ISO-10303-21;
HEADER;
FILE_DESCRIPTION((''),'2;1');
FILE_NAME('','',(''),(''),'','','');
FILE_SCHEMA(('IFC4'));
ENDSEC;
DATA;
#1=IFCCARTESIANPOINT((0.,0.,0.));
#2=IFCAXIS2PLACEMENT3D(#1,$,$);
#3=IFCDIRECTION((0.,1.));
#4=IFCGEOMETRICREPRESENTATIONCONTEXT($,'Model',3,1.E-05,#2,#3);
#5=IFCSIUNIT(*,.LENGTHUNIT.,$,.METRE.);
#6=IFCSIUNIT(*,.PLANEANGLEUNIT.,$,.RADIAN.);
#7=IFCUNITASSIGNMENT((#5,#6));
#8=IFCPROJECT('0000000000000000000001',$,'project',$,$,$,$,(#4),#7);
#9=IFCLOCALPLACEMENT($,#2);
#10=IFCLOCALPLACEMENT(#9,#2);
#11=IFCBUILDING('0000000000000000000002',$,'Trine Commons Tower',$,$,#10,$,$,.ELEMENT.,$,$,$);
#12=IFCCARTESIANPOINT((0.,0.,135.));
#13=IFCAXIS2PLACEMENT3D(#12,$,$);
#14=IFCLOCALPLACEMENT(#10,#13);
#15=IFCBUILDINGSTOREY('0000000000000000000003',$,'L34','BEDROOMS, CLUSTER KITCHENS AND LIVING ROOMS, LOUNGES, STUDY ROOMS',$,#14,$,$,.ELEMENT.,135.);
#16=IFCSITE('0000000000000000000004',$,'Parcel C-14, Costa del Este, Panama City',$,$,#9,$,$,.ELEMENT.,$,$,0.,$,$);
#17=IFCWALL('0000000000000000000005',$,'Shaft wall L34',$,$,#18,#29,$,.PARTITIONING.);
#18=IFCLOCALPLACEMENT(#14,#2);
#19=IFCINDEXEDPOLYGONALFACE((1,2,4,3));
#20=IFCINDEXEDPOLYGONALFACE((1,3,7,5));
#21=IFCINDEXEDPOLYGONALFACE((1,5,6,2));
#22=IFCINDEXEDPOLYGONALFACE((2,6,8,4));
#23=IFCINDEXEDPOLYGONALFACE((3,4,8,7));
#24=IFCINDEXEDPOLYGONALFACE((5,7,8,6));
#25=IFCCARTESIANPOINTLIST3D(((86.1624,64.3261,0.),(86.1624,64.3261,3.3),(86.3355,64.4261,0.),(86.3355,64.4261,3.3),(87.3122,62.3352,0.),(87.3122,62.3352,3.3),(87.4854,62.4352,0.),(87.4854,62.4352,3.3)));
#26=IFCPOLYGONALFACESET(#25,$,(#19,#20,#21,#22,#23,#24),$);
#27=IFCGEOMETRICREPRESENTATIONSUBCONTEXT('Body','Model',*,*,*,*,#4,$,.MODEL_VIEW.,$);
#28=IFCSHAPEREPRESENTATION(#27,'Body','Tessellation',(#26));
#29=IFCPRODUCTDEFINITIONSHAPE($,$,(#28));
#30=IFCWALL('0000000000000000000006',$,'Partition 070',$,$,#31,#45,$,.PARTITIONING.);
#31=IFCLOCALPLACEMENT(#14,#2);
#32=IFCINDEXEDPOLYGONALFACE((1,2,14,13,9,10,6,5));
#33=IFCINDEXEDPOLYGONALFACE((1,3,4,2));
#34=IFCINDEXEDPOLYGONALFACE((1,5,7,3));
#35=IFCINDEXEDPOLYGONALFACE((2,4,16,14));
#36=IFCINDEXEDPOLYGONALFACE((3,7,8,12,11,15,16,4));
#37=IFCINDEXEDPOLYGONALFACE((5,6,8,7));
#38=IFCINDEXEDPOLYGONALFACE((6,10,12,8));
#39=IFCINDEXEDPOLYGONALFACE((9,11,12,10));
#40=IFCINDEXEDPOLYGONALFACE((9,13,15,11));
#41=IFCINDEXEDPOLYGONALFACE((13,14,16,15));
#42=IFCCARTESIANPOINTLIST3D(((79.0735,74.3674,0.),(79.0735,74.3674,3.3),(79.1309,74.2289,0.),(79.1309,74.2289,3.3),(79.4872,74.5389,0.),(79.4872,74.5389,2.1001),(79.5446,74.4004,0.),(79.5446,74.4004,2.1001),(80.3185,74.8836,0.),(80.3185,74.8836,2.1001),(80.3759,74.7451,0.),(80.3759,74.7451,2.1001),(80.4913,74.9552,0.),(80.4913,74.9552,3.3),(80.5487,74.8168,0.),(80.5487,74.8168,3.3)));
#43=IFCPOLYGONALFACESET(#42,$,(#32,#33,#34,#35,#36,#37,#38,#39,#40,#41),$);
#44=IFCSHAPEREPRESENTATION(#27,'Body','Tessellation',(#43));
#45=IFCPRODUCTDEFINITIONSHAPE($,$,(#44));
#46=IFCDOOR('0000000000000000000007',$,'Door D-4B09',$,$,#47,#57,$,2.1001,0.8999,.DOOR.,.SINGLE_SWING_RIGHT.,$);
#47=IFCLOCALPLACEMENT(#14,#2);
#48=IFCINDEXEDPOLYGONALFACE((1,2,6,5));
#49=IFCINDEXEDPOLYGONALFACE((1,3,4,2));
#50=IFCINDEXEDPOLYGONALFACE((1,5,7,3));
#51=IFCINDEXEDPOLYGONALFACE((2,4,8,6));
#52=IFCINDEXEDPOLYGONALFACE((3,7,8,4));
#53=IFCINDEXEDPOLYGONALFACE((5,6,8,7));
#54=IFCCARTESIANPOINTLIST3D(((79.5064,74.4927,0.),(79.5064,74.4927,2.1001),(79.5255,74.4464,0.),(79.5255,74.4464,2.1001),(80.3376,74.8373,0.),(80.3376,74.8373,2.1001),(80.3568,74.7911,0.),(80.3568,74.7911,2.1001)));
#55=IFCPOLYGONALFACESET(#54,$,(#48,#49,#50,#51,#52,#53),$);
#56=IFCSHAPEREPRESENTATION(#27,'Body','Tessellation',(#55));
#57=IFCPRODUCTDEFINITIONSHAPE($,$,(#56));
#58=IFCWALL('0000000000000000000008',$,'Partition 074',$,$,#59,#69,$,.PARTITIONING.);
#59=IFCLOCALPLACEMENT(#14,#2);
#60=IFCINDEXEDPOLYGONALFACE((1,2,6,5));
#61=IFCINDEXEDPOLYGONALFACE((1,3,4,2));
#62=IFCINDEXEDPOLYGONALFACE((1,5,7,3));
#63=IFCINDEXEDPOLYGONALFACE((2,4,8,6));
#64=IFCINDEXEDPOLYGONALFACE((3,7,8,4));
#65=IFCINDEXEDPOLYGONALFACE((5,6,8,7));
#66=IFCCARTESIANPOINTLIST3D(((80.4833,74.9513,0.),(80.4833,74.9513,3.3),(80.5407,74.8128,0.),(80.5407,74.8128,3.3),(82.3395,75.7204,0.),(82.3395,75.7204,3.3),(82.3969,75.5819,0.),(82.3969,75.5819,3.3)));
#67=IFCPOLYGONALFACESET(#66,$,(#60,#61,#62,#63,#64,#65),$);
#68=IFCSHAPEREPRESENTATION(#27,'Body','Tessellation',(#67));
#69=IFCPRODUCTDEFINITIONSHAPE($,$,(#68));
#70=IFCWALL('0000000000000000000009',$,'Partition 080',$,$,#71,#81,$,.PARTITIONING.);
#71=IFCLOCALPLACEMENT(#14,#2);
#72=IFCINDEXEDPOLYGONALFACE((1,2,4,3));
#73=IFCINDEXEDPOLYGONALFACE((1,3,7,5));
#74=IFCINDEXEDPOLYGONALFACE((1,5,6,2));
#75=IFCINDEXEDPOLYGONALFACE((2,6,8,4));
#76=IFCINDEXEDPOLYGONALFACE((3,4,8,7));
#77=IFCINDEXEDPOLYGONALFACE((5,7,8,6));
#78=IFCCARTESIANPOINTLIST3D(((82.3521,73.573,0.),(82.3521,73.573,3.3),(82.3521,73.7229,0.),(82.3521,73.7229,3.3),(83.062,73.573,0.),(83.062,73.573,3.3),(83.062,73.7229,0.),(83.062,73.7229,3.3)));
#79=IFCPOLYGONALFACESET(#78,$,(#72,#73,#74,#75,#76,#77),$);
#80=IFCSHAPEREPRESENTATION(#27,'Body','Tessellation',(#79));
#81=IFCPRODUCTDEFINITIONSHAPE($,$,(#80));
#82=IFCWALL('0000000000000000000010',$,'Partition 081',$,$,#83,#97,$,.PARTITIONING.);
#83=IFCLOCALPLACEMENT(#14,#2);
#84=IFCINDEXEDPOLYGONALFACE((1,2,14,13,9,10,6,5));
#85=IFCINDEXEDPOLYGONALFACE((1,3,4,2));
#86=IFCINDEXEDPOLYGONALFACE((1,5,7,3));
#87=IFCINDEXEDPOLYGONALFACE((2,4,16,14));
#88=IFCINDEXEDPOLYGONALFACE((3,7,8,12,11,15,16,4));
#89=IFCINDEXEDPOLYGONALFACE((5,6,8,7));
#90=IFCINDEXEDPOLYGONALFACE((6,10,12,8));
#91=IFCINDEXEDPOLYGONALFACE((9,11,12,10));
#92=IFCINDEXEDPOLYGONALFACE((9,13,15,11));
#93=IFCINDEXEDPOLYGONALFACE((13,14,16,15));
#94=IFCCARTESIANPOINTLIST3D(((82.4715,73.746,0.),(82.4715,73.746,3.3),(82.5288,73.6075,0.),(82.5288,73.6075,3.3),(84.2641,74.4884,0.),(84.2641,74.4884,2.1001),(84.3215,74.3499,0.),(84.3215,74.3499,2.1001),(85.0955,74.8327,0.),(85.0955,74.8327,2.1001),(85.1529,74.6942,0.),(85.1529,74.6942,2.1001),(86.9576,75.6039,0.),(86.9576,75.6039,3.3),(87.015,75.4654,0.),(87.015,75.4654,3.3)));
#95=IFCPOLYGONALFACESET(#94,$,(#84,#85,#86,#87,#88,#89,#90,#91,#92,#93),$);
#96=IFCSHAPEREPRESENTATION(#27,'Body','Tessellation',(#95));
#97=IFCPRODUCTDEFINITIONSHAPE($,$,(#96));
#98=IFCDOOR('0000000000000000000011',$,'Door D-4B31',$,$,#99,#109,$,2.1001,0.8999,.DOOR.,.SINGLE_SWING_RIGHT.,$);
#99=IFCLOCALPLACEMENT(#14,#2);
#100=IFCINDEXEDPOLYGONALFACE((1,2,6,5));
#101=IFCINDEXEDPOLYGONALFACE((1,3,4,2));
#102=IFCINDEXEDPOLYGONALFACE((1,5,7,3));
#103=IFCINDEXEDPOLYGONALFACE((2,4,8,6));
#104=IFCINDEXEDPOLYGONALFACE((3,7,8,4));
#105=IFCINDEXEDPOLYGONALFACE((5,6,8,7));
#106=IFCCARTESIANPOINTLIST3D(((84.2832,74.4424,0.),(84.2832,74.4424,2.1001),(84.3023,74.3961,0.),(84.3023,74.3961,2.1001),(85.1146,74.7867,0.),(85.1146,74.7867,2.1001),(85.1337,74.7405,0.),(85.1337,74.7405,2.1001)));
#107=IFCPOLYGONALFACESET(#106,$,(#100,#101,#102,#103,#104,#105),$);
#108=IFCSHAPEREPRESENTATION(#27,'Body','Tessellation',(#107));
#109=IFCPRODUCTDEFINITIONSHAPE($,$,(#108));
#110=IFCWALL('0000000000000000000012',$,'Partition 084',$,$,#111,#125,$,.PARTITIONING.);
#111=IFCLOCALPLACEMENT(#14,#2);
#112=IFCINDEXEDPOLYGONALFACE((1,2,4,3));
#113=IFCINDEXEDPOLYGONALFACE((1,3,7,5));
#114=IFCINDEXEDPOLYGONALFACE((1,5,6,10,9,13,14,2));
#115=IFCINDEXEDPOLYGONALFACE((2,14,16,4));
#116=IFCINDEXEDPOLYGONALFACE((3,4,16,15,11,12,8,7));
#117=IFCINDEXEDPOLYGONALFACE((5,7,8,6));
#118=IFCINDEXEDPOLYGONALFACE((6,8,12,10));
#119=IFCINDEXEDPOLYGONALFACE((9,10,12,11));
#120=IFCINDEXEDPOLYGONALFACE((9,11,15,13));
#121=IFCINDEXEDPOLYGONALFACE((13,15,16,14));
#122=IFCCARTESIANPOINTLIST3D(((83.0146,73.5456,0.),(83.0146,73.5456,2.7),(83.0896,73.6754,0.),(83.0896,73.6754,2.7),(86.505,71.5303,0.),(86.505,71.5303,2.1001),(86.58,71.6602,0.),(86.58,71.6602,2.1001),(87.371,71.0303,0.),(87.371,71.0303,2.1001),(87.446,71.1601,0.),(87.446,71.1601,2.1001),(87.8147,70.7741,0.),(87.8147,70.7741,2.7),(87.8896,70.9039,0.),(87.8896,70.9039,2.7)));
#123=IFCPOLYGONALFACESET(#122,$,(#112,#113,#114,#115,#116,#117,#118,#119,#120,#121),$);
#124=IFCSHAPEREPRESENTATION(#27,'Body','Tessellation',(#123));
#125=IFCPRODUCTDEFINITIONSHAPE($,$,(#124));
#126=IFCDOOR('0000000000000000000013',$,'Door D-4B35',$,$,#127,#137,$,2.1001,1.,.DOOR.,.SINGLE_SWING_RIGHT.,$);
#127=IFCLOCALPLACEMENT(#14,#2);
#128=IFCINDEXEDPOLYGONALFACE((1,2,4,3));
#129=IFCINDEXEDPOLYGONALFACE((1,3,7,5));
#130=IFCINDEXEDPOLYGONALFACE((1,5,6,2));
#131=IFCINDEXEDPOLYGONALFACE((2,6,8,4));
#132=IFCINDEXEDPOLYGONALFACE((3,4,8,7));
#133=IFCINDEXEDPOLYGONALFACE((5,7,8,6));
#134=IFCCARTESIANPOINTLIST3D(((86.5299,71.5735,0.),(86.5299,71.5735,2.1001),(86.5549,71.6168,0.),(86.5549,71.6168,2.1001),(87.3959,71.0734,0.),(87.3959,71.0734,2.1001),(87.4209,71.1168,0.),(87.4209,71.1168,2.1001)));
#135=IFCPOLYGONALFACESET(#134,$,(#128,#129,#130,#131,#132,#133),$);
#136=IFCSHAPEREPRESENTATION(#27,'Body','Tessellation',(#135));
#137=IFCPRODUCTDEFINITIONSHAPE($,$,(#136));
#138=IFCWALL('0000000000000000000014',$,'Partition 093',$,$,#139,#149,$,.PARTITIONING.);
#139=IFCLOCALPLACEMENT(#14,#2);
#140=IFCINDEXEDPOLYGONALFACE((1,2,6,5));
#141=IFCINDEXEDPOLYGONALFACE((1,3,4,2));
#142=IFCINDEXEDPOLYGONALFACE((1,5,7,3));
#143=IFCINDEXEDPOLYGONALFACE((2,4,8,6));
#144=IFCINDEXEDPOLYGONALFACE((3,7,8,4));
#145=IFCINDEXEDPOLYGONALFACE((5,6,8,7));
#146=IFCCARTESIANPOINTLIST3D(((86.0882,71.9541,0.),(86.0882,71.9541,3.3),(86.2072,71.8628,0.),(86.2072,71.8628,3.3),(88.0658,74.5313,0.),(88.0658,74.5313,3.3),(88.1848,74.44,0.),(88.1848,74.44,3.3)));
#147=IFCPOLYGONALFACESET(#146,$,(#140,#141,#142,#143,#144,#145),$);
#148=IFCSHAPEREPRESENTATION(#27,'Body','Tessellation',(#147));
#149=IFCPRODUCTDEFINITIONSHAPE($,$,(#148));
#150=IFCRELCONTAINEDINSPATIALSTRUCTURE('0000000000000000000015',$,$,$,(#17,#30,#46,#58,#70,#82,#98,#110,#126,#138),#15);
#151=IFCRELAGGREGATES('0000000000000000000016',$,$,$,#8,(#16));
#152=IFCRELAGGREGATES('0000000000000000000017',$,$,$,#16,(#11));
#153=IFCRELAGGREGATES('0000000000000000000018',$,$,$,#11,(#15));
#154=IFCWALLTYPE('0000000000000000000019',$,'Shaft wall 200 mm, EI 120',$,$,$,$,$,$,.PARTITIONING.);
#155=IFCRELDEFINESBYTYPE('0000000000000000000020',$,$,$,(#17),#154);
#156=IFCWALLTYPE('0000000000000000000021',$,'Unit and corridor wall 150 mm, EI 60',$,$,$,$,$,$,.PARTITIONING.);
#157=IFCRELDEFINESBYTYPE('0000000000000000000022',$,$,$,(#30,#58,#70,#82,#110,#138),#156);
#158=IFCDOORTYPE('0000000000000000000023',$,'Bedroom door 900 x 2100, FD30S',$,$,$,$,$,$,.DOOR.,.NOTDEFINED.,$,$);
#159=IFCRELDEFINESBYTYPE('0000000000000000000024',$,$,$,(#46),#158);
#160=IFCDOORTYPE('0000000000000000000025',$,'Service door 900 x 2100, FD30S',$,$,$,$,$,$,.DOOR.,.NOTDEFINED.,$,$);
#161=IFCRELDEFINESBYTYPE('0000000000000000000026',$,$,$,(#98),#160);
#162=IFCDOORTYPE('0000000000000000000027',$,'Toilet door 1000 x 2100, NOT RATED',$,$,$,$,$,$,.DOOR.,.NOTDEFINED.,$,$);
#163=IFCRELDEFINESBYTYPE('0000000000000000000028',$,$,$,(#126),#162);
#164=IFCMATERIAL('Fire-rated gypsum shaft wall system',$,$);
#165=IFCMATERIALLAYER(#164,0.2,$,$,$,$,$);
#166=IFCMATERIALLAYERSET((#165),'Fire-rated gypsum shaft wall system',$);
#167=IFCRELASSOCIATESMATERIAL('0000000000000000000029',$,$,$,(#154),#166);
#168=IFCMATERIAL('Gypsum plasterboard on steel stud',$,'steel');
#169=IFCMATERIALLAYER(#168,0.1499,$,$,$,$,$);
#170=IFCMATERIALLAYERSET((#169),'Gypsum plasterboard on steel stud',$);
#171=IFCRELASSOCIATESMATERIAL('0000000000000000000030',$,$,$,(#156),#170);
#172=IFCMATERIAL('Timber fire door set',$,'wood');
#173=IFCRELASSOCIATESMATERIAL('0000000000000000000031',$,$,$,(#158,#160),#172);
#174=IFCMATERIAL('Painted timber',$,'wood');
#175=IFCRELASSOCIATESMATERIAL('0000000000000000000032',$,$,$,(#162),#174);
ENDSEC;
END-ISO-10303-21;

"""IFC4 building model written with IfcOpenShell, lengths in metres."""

from ifc_helpers import new_model, si_unit, direction, frame, frame_2d, origin, place, context, subcontext, project, spatial, rectangle, extrude, material, layer, layer_set, type_object, element, fill, save


model = new_model("IFC4")

# Units and contexts
model_context = context("Model", 3, precision=1e-05, world=origin(), true_north=direction((0.0, 1.0)))
body_context = subcontext(model_context, "Body", "Model", "MODEL_VIEW")
ifc_project = project(units=[si_unit("LENGTHUNIT", "METRE"), si_unit("PLANEANGLEUNIT", "RADIAN")], contexts=[model_context])

# Site, building, storey
site_placement = place(None, origin())
site = spatial("IfcSite", under=ifc_project, at=site_placement, Name="Parcel C-14, Costa del Este, Panama City", CompositionType="ELEMENT", RefElevation=0.0)
building_placement = place(site_placement, origin())
building = spatial("IfcBuilding", under=site, at=building_placement, Name="Trine Commons Tower", CompositionType="ELEMENT")
storey_placement = place(building_placement, frame((0.0, 0.0, 135.0)))
storey = spatial("IfcBuildingStorey", under=building, at=storey_placement, Name="L34", Description="BEDROOMS, CLUSTER KITCHENS AND LIVING ROOMS, LOUNGES, STUDY ROOMS", CompositionType="ELEMENT", Elevation=135.0)

# Wall
ifc_material_1 = material(Name="Fire-rated gypsum shaft wall system")
ifc_layer_1 = layer(ifc_material_1, 0.2)
ifc_layer_set_1 = layer_set([ifc_layer_1], Name="Fire-rated gypsum shaft wall system")
wall_type_1 = type_object("IfcWallType", Name="Shaft wall 200 mm, EI 120", PredefinedType="PARTITIONING", material=ifc_layer_set_1)
for number, where, z_axis, x_axis, name in (
    (1, (86.249, 64.376, 0.0), (0.0, 0.0, 1.0), (0.500136, -0.865947, 0.0), "Shaft wall L34"),
):
    element("IfcWall", number, at=place(storey_placement, frame(where, z_axis=z_axis, x_axis=x_axis)), inside=storey, type_object=wall_type_1, Name=name, PredefinedType="PARTITIONING", context=body_context, shape_type="SweptSolid", body=[
        extrude(rectangle(XDim=2.2991, YDim=0.2, at=frame_2d((1.1494, 0.0))), origin(), (0.0, 0.0, 1.0), 3.3),
    ])

# Wall, opening, door
ifc_material_2 = material(Name="Gypsum plasterboard on steel stud", Category="steel")
ifc_layer_2 = layer(ifc_material_2, 0.1499)
ifc_layer_set_2 = layer_set([ifc_layer_2], Name="Gypsum plasterboard on steel stud")
wall_type_2 = type_object("IfcWallType", Name="Unit and corridor wall 150 mm, EI 60", PredefinedType="PARTITIONING", material=ifc_layer_set_2)
wall_1_placement = place(storey_placement, frame((79.1021, 74.2981, 0.0), z_axis=(0.0, 0.0, 1.0), x_axis=(0.923753, 0.382989, 0.0)))
wall_1 = element("IfcWall", 2, at=wall_1_placement, inside=storey, type_object=wall_type_2, Name="Partition 070", PredefinedType="PARTITIONING", context=body_context, shape_type="SweptSolid", body=[
    extrude(rectangle(XDim=1.5349, YDim=0.1499, at=frame_2d((0.7676, 0.0))), origin(), (0.0, 0.0, 1.0), 3.3),
])
opening_1_placement = place(wall_1_placement, frame((0.448, 0.0, 0.0)))
opening_1 = element("IfcOpeningElement", 3, at=opening_1_placement, cuts=wall_1, PredefinedType="OPENING", context=body_context, shape_type="SweptSolid", body=[
    extrude(rectangle(XDim=0.8999, YDim=2.1001, at=frame_2d((0.45, 1.05))), frame((0.0, 0.085, 0.0), z_axis=(0.0, -1.0, 0.0), x_axis=(1.0, 0.0, 0.0)), (0.0, 0.0, 1.0), 0.1699),
])
ifc_material_3 = material(Name="Timber fire door set", Category="wood")
door_type_1 = type_object("IfcDoorType", Name="Bedroom door 900 x 2100, FD30S", OperationType="NOTDEFINED", PredefinedType="DOOR", material=ifc_material_3)
door_1_placement = place(opening_1_placement, origin())
door_1 = element("IfcDoor", 4, at=door_1_placement, inside=storey, type_object=door_type_1, Name="Door D-4B09", OperationType="SINGLE_SWING_RIGHT", OverallHeight=2.1001, OverallWidth=0.8999, PredefinedType="DOOR", context=body_context, shape_type="SweptSolid", body=[
    extrude(rectangle(XDim=0.8999, YDim=2.1001, at=frame_2d((0.45, 1.05))), frame((0.0, 0.0249, 0.0), z_axis=(0.0, -1.0, 0.0), x_axis=(1.0, 0.0, 0.0)), (0.0, 0.0, 1.0), 0.05),
])
fill(opening_1, door_1)

# Walls
wall_2_placement = place(storey_placement, frame((80.512, 74.8821, 0.0), z_axis=(0.0, 0.0, 1.0), x_axis=(0.923848, 0.38276, 0.0)))
element("IfcWall", 5, at=wall_2_placement, inside=storey, type_object=wall_type_2, Name="Partition 074", PredefinedType="PARTITIONING", context=body_context, shape_type="SweptSolid", body=[
    extrude(rectangle(XDim=2.0093, YDim=0.1499, at=frame_2d((1.0046, 0.0))), origin(), (0.0, 0.0, 1.0), 3.3),
])
wall_3_placement = place(storey_placement, frame((82.3521, 73.6479, 0.0), z_axis=(0.0, 0.0, 1.0), x_axis=(1.0, 0.0, 0.0)))
element("IfcWall", 6, at=wall_3_placement, inside=storey, type_object=wall_type_2, Name="Partition 080", PredefinedType="PARTITIONING", context=body_context, shape_type="SweptSolid", body=[
    extrude(rectangle(XDim=0.71, YDim=0.1499, at=frame_2d((0.355, 0.0))), origin(), (0.0, 0.0, 1.0), 3.3),
])

# Walls, openings, doors
wall_4_placement = place(storey_placement, frame((82.5002, 73.6768, 0.0), z_axis=(0.0, 0.0, 1.0), x_axis=(0.9239, 0.382633, 0.0)))
wall_4 = element("IfcWall", 7, at=wall_4_placement, inside=storey, type_object=wall_type_2, Name="Partition 081", PredefinedType="PARTITIONING", context=body_context, shape_type="SweptSolid", body=[
    extrude(rectangle(XDim=4.8557, YDim=0.1499, at=frame_2d((2.4277, 0.0))), origin(), (0.0, 0.0, 1.0), 3.3),
])
opening_2_placement = place(wall_4_placement, frame((1.9402, 0.0, 0.0)))
opening_2 = element("IfcOpeningElement", 8, at=opening_2_placement, cuts=wall_4, PredefinedType="OPENING", context=body_context, shape_type="SweptSolid", body=[
    extrude(rectangle(XDim=0.8999, YDim=2.1001, at=frame_2d((0.45, 1.05))), frame((0.0, 0.085, 0.0), z_axis=(0.0, -1.0, 0.0), x_axis=(1.0, 0.0, 0.0)), (0.0, 0.0, 1.0), 0.1699),
])
door_type_2 = type_object("IfcDoorType", Name="Service door 900 x 2100, FD30S", OperationType="NOTDEFINED", PredefinedType="DOOR", material=ifc_material_3)
door_2_placement = place(opening_2_placement, frame((0.8999, 0.0, 0.0), z_axis=(0.0, 0.0, 1.0), x_axis=(-1.0, 0.0, 0.0)))
door_2 = element("IfcDoor", 9, at=door_2_placement, inside=storey, type_object=door_type_2, Name="Door D-4B31", OperationType="SINGLE_SWING_RIGHT", OverallHeight=2.1001, OverallWidth=0.8999, PredefinedType="DOOR", context=body_context, shape_type="SweptSolid", body=[
    extrude(rectangle(XDim=0.8999, YDim=2.1001, at=frame_2d((0.45, 1.05))), frame((0.0, 0.0249, 0.0), z_axis=(0.0, -1.0, 0.0), x_axis=(1.0, 0.0, 0.0)), (0.0, 0.0, 1.0), 0.05),
])
fill(opening_2, door_2)
wall_5_placement = place(storey_placement, frame((83.052, 73.6106, 0.0), z_axis=(0.0, 0.0, 1.0), x_axis=(0.866012, -0.500024, 0.0)))
wall_5 = element("IfcWall", 10, at=wall_5_placement, inside=storey, type_object=wall_type_2, Name="Partition 084", PredefinedType="PARTITIONING", context=body_context, shape_type="SweptSolid", body=[
    extrude(rectangle(XDim=5.5427, YDim=0.1499, at=frame_2d((2.7715, 0.0))), origin(), (0.0, 0.0, 1.0), 2.7),
])
opening_3_placement = place(wall_5_placement, frame((4.0305, 0.0, 0.0)))
opening_3 = element("IfcOpeningElement", 11, at=opening_3_placement, cuts=wall_5, PredefinedType="OPENING", context=body_context, shape_type="SweptSolid", body=[
    extrude(rectangle(XDim=1.0, YDim=2.1001, at=frame_2d((0.5, 1.05))), frame((0.0, 0.085, 0.0), z_axis=(0.0, -1.0, 0.0), x_axis=(1.0, 0.0, 0.0)), (0.0, 0.0, 1.0), 0.1699),
])
ifc_material_4 = material(Name="Painted timber", Category="wood")
door_type_3 = type_object("IfcDoorType", Name="Toilet door 1000 x 2100, NOT RATED", OperationType="NOTDEFINED", PredefinedType="DOOR", material=ifc_material_4)
door_3_placement = place(opening_3_placement, origin())
door_3 = element("IfcDoor", 12, at=door_3_placement, inside=storey, type_object=door_type_3, Name="Door D-4B35", OperationType="SINGLE_SWING_RIGHT", OverallHeight=2.1001, OverallWidth=1.0, PredefinedType="DOOR", context=body_context, shape_type="SweptSolid", body=[
    extrude(rectangle(XDim=1.0, YDim=2.1001, at=frame_2d((0.5, 1.05))), frame((0.0, 0.0249, 0.0), z_axis=(0.0, -1.0, 0.0), x_axis=(1.0, 0.0, 0.0)), (0.0, 0.0, 1.0), 0.05),
])
fill(opening_3, door_3)

# Wall
wall_6_placement = place(storey_placement, frame((86.1477, 71.9084, 0.0), z_axis=(0.0, 0.0, 1.0), x_axis=(0.608766, 0.79335, 0.0)))
element("IfcWall", 13, at=wall_6_placement, inside=storey, type_object=wall_type_2, Name="Partition 093", PredefinedType="PARTITIONING", context=body_context, shape_type="SweptSolid", body=[
    extrude(rectangle(XDim=3.2485, YDim=0.1499, at=frame_2d((1.6243, 0.0))), origin(), (0.0, 0.0, 1.0), 3.3),
])

save(model, "model.ifc")
